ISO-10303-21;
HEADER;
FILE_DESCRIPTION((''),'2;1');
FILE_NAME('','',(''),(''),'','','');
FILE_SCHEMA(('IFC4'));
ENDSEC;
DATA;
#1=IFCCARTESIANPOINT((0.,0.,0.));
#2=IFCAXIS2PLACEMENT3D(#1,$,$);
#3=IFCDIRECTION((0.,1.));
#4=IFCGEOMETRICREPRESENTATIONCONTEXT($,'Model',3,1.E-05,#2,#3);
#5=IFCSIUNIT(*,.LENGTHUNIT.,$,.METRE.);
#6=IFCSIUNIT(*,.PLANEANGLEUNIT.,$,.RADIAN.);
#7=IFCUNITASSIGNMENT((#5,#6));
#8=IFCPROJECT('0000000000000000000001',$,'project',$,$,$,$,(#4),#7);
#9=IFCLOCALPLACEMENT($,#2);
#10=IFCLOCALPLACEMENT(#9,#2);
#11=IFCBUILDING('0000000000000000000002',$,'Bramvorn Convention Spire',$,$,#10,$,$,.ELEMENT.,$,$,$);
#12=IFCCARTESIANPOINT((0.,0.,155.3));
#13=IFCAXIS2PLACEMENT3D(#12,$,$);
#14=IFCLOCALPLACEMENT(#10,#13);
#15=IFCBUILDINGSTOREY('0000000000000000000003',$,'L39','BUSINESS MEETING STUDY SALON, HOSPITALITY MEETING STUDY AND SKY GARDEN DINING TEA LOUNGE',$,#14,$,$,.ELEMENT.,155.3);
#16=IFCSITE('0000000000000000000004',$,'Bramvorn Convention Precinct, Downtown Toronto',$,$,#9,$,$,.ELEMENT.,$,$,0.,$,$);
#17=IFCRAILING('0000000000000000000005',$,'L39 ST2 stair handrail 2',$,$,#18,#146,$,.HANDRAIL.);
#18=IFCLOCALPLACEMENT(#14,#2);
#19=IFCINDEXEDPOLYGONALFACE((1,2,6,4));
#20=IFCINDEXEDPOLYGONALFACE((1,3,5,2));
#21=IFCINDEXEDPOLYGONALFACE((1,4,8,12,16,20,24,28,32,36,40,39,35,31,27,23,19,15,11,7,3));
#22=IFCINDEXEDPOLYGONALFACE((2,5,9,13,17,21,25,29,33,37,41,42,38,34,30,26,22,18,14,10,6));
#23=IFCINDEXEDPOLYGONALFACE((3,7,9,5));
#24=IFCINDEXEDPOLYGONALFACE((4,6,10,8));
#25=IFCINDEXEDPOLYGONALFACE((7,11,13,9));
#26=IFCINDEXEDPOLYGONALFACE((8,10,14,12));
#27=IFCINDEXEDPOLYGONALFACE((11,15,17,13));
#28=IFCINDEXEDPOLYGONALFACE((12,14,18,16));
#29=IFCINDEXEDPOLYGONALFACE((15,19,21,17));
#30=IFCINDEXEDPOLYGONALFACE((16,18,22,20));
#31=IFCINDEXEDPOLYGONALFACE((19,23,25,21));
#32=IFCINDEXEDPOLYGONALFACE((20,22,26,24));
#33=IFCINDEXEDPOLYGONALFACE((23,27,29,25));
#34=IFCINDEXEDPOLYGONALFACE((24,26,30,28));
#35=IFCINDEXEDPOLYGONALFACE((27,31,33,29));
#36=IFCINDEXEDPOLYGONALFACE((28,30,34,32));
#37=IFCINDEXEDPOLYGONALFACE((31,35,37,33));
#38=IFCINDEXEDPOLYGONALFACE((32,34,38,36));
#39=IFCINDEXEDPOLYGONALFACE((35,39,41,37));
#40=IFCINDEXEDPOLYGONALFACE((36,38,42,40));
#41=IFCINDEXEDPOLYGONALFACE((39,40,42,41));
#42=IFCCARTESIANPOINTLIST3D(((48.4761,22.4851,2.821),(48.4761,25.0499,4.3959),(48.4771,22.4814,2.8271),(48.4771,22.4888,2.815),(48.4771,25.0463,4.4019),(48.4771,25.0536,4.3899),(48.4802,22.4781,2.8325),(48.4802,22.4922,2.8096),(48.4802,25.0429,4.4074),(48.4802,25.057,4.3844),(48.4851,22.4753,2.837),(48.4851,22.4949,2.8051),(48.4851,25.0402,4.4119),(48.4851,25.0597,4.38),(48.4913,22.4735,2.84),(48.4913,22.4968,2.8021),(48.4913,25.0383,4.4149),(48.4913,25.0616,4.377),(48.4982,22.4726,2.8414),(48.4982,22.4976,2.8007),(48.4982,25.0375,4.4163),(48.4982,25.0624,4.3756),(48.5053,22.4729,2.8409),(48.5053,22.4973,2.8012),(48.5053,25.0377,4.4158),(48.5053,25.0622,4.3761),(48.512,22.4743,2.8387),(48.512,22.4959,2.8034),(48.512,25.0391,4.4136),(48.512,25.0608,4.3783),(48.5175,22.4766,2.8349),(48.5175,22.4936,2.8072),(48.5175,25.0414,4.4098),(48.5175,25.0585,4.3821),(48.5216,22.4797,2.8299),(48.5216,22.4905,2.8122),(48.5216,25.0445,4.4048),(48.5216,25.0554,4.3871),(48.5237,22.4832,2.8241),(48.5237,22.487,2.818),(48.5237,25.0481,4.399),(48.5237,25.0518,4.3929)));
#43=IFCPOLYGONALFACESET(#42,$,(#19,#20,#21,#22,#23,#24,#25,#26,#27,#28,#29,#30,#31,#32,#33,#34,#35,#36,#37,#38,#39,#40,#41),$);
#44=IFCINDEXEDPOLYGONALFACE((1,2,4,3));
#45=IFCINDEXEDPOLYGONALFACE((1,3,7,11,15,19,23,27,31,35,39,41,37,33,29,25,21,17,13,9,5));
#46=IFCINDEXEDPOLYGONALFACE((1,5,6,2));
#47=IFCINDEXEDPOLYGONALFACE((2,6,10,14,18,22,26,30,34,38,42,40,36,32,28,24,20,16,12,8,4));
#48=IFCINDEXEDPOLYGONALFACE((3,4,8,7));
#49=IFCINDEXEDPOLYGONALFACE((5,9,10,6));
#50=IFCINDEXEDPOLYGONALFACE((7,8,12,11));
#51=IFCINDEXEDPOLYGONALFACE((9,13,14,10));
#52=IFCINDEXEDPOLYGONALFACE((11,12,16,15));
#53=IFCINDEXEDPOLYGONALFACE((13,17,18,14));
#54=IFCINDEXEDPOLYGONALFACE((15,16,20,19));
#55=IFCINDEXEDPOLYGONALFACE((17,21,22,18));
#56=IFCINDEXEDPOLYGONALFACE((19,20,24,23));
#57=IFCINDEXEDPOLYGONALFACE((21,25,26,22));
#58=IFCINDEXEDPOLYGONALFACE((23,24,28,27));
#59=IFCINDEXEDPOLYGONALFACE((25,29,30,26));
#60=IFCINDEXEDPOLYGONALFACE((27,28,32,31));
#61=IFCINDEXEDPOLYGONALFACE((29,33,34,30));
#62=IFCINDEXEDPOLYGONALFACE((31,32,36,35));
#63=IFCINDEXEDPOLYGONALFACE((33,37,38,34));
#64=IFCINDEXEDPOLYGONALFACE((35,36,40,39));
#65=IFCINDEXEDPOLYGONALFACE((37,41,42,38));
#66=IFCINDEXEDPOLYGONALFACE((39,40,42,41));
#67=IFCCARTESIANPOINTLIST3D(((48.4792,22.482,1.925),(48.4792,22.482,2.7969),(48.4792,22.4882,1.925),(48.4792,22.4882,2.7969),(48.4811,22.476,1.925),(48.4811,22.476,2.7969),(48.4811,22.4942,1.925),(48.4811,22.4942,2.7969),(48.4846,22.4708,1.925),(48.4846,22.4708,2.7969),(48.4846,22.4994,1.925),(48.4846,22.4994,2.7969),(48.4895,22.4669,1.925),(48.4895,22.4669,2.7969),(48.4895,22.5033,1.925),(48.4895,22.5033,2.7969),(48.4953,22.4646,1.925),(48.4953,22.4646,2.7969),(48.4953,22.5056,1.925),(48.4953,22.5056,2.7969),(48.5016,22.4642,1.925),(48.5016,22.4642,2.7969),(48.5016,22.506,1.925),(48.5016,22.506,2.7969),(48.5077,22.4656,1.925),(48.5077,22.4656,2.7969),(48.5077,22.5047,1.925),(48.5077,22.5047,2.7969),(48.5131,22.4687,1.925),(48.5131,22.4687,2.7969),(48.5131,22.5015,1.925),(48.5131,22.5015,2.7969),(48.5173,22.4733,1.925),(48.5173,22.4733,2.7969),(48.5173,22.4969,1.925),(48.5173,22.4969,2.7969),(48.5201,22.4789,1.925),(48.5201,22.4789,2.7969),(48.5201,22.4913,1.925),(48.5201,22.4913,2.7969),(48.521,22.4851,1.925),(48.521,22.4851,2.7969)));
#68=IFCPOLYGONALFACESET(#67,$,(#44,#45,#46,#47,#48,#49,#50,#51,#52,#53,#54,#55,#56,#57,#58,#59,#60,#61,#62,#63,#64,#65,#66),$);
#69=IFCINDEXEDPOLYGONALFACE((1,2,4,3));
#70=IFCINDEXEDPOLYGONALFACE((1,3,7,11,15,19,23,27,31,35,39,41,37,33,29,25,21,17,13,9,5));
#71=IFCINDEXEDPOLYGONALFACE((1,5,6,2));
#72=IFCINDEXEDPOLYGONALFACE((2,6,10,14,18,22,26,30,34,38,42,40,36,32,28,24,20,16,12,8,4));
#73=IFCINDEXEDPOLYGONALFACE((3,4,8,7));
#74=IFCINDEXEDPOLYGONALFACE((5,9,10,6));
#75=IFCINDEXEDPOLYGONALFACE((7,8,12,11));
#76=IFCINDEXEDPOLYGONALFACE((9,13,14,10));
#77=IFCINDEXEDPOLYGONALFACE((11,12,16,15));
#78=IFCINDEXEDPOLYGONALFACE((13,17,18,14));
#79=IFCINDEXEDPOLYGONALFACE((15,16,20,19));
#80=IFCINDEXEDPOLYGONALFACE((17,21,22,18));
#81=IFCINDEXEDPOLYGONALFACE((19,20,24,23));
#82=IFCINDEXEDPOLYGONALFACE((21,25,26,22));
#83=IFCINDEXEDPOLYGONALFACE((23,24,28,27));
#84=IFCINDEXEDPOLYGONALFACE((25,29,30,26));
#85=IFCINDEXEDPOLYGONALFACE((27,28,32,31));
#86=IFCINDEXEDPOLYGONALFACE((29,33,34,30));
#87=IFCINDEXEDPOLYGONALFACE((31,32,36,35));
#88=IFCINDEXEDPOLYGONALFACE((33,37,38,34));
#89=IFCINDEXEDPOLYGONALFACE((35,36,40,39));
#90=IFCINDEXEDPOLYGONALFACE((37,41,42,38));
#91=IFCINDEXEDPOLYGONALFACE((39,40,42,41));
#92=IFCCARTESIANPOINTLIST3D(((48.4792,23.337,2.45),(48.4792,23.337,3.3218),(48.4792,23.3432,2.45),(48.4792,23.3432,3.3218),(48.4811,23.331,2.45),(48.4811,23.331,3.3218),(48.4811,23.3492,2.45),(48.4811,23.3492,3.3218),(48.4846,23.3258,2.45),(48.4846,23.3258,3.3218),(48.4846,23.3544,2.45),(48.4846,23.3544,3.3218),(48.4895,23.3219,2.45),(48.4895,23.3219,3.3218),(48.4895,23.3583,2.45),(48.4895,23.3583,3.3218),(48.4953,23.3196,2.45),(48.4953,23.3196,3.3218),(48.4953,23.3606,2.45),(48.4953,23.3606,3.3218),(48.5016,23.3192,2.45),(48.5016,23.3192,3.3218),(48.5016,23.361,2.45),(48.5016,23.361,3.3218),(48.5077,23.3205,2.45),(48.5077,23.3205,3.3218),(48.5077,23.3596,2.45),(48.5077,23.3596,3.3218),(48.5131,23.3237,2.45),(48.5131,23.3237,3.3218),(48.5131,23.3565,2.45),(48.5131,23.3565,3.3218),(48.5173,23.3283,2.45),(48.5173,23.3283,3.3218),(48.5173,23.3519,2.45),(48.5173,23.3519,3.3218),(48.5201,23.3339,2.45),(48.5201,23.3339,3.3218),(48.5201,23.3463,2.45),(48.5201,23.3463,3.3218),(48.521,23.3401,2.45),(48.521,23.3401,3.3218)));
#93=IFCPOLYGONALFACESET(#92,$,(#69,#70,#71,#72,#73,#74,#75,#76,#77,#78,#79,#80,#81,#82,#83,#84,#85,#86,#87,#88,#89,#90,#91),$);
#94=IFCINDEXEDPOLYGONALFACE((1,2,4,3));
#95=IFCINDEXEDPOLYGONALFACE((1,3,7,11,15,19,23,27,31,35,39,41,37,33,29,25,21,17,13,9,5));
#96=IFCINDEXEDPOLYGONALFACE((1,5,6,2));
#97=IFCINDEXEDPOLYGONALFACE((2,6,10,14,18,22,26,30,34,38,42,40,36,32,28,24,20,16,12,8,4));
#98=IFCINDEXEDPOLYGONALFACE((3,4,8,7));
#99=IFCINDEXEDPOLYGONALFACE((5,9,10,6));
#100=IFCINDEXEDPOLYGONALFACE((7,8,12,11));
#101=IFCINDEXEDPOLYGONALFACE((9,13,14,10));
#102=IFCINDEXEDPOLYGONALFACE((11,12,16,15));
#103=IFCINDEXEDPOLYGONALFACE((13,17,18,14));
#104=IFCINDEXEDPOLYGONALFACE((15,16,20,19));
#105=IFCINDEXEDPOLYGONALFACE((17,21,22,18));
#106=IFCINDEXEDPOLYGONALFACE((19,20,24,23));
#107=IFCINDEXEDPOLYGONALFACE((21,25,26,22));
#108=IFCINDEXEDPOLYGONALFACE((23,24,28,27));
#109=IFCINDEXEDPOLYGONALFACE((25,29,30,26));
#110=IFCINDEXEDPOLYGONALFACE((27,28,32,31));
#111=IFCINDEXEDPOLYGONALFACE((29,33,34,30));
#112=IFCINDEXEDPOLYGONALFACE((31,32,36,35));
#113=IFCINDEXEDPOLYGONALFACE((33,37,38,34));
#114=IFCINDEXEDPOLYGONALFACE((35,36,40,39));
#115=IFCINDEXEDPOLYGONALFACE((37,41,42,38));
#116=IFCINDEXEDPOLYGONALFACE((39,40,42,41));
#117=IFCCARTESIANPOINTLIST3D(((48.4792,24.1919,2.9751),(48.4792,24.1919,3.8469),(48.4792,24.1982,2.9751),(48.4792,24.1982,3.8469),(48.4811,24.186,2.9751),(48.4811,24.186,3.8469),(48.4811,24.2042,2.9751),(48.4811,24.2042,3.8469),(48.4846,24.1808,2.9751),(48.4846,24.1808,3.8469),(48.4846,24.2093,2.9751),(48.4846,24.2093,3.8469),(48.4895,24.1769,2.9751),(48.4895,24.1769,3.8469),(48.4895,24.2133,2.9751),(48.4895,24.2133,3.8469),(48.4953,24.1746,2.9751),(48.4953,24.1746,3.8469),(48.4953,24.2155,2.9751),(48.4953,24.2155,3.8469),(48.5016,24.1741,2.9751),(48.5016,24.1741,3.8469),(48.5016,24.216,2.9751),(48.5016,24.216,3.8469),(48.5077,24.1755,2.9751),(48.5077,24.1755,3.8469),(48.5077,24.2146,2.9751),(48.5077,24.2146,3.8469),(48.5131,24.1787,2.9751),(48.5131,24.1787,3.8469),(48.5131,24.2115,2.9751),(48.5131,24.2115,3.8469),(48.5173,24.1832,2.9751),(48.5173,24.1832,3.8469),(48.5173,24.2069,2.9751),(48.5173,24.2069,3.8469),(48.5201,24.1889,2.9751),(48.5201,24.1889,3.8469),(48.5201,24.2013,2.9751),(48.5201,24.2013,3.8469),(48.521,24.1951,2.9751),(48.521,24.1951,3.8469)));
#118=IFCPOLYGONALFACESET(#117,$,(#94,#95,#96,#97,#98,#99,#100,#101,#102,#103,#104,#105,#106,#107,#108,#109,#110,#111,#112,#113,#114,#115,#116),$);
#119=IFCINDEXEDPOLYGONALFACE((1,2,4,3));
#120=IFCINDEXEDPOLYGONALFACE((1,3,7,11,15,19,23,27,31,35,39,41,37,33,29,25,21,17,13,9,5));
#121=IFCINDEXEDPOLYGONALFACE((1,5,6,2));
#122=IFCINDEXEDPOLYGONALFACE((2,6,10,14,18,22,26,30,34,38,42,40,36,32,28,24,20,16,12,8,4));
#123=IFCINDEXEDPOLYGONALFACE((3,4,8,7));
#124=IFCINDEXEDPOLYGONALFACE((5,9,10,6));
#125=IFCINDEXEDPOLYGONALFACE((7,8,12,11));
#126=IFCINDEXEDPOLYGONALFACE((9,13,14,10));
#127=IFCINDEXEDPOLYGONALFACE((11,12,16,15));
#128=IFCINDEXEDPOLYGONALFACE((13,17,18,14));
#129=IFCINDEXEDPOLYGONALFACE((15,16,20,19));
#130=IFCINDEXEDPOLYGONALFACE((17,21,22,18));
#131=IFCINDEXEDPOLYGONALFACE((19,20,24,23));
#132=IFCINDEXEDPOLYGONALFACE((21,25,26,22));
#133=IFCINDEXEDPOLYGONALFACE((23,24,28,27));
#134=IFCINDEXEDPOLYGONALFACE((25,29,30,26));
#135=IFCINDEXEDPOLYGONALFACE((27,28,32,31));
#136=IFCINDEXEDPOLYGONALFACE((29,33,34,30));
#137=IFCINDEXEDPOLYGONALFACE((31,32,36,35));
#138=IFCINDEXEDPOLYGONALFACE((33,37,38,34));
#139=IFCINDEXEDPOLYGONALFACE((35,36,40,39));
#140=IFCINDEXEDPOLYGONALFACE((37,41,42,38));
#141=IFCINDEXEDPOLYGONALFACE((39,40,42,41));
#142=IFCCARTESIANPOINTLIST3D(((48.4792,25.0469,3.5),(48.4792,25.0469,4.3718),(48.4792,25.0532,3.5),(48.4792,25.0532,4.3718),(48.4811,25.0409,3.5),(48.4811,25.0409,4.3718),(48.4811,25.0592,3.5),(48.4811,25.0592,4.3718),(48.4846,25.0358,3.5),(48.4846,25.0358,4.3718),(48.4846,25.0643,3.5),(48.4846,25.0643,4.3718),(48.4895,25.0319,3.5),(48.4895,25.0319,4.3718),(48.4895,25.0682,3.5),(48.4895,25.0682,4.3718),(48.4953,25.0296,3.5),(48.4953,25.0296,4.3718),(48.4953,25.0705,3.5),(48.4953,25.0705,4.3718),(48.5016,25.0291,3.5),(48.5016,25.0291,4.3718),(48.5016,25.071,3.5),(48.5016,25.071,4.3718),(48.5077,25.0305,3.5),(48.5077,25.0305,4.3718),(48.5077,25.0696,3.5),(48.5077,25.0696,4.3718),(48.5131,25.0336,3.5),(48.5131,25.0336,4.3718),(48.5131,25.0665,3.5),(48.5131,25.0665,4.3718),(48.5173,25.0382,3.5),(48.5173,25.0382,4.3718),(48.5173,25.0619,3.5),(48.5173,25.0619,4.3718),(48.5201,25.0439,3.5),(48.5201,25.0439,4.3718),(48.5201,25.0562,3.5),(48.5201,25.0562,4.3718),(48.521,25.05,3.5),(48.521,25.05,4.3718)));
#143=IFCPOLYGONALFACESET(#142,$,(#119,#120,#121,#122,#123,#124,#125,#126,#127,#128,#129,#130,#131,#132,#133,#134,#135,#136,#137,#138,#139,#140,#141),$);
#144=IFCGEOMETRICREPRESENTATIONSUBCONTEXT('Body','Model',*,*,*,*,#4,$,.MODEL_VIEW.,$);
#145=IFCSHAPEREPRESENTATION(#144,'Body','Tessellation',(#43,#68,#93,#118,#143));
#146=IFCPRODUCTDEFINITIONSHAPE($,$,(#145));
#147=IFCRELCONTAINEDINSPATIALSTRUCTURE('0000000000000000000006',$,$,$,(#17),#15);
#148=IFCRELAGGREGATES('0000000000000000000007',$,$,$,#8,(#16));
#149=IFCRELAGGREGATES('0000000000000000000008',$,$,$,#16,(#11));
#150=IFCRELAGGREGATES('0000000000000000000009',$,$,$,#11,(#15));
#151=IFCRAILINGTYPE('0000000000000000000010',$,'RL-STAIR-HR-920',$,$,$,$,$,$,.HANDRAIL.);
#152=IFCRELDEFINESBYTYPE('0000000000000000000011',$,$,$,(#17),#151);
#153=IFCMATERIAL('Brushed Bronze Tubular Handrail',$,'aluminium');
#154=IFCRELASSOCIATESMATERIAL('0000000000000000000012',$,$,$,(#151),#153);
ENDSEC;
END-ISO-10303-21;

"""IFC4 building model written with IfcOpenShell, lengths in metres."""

from ifc_helpers import new_model, si_unit, direction, frame, origin, origin_2d, place, context, subcontext, project, spatial, circle, extrude, material, type_object, element, save


model = new_model("IFC4")

# Units and contexts
model_context = context("Model", 3, precision=1e-05, world=origin(), true_north=direction((0.0, 1.0)))
body_context = subcontext(model_context, "Body", "Model", "MODEL_VIEW")
ifc_project = project(units=[si_unit("LENGTHUNIT", "METRE"), si_unit("PLANEANGLEUNIT", "RADIAN")], contexts=[model_context])

# Site, building, storey
site_placement = place(None, origin())
site = spatial("IfcSite", under=ifc_project, at=site_placement, Name="Bramvorn Convention Precinct, Downtown Toronto", CompositionType="ELEMENT", RefElevation=0.0)
building_placement = place(site_placement, origin())
building = spatial("IfcBuilding", under=site, at=building_placement, Name="Bramvorn Convention Spire", CompositionType="ELEMENT")
storey_placement = place(building_placement, frame((0.0, 0.0, 155.3)))
storey = spatial("IfcBuildingStorey", under=building, at=storey_placement, Name="L39", Description="BUSINESS MEETING STUDY SALON, HOSPITALITY MEETING STUDY AND SKY GARDEN DINING TEA LOUNGE", CompositionType="ELEMENT", Elevation=155.3)

# Railing
ifc_material_1 = material(Name="Brushed Bronze Tubular Handrail", Category="aluminium")
railing_type_1 = type_object("IfcRailingType", Name="RL-STAIR-HR-920", PredefinedType="HANDRAIL", material=ifc_material_1)
railing_1_placement = place(storey_placement, frame((48.5, 22.4851, 1.925)))
element("IfcRailing", 1, at=railing_1_placement, inside=storey, type_object=railing_type_1, Name="L39 ST2 stair handrail 2", PredefinedType="HANDRAIL", context=body_context, shape_type="SweptSolid", body=[
    extrude(circle(Radius=0.0239, at=origin_2d()), frame((0.0, 0.0, 0.896), z_axis=(0.0, 0.852173, 0.52326), x_axis=(-1.0, 0.0, 0.0)), (0.0, 0.0, 1.0), 3.0098),
    extrude(circle(Radius=0.021, at=origin_2d()), origin(), (0.0, 0.0, 1.0), 0.8718),
    extrude(circle(Radius=0.021, at=origin_2d()), frame((0.0, 0.855, 0.5249)), (0.0, 0.0, 1.0), 0.8718),
    extrude(circle(Radius=0.021, at=origin_2d()), frame((0.0, 1.71, 1.05)), (0.0, 0.0, 1.0), 0.8718),
    extrude(circle(Radius=0.021, at=origin_2d()), frame((0.0, 2.5649, 1.575)), (0.0, 0.0, 1.0), 0.8718),
])

save(model, "model.ifc")
